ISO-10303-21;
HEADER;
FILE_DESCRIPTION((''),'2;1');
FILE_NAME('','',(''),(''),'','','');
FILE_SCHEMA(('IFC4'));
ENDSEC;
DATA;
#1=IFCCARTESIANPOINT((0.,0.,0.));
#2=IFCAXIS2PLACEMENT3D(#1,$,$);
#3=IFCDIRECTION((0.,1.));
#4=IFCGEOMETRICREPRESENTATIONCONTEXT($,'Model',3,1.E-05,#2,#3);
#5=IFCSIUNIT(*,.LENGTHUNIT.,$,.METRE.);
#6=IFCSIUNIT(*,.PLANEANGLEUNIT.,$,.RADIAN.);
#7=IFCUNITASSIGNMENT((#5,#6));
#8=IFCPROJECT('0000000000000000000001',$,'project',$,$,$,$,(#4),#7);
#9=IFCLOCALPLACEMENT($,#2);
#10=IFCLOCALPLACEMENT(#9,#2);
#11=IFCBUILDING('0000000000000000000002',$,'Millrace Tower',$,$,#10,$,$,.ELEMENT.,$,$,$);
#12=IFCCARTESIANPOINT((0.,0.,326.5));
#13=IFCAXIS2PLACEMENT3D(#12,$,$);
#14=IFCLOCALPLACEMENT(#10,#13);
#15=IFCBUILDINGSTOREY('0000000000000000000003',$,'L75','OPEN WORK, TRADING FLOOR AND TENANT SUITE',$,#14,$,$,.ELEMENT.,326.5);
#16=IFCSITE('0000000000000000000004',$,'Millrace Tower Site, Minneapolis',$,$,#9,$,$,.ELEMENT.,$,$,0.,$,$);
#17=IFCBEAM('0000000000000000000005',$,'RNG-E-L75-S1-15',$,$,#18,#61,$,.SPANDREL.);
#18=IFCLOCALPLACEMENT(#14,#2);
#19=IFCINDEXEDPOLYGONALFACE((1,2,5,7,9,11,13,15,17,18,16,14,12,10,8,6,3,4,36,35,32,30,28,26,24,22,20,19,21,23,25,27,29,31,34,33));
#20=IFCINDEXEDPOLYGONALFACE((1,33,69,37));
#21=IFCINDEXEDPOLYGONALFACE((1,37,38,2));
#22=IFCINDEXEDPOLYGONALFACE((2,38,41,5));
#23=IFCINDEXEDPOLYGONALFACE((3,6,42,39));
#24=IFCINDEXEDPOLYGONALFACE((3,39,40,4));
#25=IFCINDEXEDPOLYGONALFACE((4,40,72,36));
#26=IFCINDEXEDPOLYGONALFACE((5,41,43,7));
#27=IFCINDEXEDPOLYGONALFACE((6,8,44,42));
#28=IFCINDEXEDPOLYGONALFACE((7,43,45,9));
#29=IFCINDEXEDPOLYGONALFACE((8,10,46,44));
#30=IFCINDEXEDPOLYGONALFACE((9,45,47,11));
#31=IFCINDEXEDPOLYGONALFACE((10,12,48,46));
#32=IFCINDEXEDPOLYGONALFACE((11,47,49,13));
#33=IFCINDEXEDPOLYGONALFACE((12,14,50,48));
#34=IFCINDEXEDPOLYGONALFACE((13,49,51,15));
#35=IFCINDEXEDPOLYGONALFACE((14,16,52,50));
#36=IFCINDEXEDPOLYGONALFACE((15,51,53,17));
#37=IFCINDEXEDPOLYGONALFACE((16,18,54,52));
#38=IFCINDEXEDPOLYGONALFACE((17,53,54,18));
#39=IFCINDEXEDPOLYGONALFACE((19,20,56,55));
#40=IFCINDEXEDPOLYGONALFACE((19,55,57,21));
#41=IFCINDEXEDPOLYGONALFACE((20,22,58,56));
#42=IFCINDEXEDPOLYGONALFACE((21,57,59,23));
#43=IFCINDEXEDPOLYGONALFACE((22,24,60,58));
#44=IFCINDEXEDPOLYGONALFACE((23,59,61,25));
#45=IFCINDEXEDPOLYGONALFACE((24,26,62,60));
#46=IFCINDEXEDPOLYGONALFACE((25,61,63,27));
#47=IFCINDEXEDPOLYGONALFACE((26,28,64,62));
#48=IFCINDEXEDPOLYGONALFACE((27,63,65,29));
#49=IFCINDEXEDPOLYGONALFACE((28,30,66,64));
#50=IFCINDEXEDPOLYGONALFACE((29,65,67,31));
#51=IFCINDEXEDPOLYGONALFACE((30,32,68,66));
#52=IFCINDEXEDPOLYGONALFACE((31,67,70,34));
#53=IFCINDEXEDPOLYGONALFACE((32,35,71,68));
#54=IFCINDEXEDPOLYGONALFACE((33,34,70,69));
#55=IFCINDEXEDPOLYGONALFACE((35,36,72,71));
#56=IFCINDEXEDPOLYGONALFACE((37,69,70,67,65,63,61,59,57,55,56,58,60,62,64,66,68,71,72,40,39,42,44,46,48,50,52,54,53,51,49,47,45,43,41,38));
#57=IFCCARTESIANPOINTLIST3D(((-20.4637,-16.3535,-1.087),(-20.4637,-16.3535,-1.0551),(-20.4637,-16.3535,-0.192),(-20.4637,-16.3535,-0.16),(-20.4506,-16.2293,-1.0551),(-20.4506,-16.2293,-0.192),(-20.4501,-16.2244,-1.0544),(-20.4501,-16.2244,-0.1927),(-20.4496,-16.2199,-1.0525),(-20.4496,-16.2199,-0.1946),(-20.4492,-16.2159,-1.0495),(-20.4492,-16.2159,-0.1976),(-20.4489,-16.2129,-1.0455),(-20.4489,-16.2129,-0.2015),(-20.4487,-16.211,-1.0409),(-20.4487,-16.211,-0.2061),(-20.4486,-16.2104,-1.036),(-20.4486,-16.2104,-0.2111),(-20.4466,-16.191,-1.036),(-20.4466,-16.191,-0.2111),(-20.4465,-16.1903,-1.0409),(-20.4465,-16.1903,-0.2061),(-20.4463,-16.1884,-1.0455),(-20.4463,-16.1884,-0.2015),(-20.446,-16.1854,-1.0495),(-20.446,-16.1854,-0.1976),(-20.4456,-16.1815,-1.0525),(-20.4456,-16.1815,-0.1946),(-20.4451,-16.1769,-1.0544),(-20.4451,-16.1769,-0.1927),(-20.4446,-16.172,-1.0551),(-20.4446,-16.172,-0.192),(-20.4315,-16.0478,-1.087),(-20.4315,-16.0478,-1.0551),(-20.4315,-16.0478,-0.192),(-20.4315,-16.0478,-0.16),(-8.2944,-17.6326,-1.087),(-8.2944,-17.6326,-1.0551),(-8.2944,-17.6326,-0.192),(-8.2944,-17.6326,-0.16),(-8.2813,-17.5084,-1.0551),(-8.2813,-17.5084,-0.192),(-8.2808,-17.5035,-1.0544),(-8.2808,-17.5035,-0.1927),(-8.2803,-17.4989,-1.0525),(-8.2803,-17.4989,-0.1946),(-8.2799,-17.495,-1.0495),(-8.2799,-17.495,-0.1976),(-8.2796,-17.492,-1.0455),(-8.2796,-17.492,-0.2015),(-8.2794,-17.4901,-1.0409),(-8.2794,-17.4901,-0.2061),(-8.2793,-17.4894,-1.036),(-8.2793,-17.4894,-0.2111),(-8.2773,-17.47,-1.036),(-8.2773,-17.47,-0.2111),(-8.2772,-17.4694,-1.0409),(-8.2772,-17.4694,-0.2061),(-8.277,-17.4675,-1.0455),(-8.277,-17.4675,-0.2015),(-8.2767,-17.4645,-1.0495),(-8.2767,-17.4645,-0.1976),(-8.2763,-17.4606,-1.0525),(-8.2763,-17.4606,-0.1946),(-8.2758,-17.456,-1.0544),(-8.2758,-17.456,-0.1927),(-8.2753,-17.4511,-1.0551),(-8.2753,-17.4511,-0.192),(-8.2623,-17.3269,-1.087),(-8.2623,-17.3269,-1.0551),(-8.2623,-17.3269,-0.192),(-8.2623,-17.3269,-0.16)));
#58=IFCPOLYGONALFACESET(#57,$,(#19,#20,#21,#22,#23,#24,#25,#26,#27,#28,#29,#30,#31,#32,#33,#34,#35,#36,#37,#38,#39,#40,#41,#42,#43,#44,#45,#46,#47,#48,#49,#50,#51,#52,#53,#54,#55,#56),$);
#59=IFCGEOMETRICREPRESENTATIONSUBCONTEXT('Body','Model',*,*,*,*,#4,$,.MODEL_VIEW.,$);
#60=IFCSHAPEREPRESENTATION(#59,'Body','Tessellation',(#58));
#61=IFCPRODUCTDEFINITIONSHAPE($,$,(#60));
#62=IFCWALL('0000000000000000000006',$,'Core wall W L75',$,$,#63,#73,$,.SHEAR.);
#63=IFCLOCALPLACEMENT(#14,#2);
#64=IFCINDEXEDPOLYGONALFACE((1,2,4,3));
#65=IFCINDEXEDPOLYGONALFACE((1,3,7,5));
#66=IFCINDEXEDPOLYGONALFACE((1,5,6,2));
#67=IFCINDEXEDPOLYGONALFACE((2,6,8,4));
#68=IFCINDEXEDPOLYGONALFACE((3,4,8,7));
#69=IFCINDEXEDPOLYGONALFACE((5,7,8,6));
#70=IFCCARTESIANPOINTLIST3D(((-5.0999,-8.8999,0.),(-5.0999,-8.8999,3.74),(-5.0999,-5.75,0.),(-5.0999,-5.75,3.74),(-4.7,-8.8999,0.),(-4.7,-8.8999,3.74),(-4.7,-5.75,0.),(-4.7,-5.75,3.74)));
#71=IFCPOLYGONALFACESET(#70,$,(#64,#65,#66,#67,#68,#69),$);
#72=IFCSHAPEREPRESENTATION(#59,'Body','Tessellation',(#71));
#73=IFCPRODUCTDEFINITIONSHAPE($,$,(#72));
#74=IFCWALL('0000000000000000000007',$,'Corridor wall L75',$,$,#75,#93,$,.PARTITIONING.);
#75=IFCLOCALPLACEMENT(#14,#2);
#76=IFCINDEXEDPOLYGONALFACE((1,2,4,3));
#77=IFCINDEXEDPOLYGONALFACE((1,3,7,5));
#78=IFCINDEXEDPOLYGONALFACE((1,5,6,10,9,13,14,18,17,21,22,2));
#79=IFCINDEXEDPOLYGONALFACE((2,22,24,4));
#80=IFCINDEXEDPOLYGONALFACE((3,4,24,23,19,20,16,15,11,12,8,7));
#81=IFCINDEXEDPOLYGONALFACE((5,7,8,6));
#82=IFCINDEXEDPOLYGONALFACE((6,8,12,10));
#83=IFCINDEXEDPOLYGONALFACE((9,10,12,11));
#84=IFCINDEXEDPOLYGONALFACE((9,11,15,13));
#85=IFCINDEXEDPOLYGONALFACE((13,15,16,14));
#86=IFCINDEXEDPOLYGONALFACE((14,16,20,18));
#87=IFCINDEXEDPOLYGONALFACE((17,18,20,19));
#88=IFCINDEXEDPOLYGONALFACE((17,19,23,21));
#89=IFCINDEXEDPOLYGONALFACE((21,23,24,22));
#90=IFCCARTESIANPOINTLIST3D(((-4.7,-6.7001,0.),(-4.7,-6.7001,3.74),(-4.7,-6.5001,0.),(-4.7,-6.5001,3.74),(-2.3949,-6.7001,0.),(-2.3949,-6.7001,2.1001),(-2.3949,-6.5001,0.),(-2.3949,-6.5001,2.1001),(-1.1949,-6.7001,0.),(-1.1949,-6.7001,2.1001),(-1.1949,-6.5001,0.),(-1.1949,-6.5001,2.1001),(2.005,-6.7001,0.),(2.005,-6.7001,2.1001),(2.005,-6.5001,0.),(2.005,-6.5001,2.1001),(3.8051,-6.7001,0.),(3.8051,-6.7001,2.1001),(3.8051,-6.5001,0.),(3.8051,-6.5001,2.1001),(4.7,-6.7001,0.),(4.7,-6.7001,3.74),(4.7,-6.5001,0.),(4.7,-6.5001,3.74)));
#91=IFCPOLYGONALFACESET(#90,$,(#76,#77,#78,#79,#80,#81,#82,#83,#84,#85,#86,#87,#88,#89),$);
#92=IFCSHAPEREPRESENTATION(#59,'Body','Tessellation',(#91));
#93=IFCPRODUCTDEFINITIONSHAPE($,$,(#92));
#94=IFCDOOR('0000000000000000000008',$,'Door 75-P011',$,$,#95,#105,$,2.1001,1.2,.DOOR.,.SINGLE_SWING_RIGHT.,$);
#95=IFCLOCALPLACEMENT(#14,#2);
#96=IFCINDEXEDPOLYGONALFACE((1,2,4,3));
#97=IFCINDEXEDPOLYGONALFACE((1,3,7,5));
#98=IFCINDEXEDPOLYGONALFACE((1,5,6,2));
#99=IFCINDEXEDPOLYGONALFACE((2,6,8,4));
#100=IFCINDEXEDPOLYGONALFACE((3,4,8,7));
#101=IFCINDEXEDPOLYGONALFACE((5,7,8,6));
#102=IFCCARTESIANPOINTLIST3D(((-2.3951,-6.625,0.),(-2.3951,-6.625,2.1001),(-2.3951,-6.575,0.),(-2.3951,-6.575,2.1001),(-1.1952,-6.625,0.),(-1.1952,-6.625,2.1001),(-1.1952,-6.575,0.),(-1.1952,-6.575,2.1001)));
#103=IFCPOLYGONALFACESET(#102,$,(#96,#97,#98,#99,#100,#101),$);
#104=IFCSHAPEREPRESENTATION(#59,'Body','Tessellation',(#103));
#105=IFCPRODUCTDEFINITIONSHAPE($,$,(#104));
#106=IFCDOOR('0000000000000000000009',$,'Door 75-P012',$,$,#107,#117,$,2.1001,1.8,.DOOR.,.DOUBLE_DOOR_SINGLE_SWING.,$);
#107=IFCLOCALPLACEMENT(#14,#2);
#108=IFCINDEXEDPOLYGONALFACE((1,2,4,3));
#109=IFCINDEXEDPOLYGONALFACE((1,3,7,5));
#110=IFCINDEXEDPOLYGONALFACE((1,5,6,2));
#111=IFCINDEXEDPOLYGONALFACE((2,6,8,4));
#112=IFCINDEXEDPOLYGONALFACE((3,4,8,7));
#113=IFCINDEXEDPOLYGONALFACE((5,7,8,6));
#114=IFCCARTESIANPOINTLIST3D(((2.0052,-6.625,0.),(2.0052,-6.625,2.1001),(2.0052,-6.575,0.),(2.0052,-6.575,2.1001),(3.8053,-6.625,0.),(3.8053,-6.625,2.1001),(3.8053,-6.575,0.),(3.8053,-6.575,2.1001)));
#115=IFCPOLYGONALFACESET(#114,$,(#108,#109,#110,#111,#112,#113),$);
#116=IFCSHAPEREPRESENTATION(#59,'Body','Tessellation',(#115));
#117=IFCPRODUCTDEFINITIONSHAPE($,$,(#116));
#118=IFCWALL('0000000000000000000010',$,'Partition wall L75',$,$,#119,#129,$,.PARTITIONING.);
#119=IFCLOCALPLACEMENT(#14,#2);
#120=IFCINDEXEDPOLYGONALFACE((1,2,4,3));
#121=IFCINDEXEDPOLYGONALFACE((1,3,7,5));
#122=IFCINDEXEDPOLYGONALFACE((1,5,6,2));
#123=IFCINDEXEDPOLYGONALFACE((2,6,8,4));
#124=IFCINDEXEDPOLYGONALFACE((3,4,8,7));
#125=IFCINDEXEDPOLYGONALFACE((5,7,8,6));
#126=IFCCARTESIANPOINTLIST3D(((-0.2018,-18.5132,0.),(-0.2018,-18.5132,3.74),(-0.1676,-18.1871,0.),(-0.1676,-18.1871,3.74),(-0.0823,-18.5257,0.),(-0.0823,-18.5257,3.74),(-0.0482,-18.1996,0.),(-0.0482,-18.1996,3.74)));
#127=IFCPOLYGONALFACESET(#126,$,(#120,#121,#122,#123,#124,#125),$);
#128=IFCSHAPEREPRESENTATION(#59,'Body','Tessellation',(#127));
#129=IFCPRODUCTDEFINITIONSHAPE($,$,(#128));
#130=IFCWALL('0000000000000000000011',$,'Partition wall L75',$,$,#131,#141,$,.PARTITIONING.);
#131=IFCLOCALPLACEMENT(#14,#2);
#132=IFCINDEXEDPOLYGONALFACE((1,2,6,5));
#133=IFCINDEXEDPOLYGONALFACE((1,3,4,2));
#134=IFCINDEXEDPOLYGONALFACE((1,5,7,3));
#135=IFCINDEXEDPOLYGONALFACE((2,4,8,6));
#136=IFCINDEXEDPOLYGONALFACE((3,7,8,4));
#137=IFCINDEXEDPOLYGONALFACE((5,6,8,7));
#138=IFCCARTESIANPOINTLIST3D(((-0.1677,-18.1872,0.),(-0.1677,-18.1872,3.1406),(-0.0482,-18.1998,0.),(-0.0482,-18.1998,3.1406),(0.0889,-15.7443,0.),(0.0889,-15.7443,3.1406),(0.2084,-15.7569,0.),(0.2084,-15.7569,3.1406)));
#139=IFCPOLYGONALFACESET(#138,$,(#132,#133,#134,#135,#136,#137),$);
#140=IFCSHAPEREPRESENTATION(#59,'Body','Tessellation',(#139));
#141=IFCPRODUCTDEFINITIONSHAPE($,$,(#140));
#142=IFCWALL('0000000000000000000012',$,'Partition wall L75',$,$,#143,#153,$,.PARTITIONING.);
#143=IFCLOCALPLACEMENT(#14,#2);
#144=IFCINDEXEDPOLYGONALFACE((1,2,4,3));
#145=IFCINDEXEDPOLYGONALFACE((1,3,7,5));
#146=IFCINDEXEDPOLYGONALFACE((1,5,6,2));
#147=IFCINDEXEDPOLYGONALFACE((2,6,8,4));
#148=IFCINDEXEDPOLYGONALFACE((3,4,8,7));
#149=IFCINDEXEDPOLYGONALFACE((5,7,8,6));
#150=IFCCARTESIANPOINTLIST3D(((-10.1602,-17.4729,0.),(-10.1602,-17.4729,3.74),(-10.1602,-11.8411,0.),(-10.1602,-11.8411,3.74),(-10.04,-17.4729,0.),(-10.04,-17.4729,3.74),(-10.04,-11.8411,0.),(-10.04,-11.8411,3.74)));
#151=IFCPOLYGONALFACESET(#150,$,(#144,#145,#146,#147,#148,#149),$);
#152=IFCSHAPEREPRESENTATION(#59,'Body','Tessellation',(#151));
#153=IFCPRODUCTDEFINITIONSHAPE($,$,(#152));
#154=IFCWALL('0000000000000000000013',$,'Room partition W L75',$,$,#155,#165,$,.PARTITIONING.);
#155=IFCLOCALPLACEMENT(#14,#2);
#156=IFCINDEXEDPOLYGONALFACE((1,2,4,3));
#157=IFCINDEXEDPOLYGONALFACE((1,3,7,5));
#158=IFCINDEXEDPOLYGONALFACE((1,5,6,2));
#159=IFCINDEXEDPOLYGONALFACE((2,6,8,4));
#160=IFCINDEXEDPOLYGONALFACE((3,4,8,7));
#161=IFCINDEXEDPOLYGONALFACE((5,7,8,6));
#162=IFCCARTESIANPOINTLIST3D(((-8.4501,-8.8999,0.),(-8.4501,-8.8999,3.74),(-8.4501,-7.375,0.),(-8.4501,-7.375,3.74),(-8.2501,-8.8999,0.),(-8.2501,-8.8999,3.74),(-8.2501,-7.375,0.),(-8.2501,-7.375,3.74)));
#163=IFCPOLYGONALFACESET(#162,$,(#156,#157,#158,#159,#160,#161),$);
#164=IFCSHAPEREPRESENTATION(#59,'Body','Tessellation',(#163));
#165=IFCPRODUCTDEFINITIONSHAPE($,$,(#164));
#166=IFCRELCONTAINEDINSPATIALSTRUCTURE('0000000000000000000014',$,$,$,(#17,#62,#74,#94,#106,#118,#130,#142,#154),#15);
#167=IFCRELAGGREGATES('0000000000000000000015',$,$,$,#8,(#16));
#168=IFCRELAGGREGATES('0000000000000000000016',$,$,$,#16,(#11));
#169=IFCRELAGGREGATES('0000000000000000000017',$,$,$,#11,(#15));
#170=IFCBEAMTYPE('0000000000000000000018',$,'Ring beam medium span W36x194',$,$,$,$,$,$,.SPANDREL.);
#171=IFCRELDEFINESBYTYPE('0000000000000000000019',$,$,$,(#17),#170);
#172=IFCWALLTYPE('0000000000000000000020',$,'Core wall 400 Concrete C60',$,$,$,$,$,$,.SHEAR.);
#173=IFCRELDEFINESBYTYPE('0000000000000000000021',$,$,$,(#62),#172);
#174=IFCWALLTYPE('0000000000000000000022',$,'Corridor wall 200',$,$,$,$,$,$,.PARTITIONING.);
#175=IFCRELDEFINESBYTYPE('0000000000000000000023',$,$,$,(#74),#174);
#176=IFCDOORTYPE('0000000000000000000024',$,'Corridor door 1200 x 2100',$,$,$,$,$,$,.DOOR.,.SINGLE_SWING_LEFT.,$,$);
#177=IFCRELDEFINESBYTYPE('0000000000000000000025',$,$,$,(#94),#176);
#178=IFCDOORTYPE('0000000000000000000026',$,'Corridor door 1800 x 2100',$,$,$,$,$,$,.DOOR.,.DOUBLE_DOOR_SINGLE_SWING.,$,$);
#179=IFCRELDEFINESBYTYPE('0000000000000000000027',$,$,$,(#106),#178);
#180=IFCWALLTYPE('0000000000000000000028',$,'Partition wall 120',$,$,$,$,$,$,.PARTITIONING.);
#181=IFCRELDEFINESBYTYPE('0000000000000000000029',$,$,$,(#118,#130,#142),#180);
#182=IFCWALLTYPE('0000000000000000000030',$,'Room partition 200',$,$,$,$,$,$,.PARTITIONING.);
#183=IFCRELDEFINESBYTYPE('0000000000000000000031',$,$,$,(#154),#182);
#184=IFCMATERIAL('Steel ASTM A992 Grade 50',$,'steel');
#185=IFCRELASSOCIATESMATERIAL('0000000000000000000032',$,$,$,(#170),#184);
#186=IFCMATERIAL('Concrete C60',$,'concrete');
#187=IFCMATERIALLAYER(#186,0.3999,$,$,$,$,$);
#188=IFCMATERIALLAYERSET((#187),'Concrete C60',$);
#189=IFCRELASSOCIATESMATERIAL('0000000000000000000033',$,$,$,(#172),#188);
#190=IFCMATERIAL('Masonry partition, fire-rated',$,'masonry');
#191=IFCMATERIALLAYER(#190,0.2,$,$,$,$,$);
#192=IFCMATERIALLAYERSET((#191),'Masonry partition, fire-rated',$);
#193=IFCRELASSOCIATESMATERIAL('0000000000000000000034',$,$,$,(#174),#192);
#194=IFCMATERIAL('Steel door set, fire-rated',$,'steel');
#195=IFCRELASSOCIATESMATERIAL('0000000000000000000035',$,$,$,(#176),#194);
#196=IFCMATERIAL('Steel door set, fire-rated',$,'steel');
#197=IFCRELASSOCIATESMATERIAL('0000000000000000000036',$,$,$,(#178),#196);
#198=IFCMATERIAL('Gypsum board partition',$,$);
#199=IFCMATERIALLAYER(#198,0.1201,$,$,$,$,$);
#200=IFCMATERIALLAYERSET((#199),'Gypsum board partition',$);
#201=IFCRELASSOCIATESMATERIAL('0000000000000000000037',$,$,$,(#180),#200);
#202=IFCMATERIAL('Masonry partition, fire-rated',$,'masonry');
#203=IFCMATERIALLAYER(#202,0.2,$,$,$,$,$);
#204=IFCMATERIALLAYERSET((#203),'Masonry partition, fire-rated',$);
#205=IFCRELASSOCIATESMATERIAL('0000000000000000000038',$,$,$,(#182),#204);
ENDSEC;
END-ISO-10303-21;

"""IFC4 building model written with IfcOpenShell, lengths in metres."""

from ifc_helpers import new_model, si_unit, direction, frame, frame_2d, origin, origin_2d, place, context, subcontext, project, spatial, rectangle, i_section, extrude, material, layer, layer_set, material_profile, profile_set, type_object, element, fill, save


model = new_model("IFC4")

# Units and contexts
model_context = context("Model", 3, precision=1e-05, world=origin(), true_north=direction((0.0, 1.0)))
body_context = subcontext(model_context, "Body", "Model", "MODEL_VIEW")
ifc_project = project(units=[si_unit("LENGTHUNIT", "METRE"), si_unit("PLANEANGLEUNIT", "RADIAN")], contexts=[model_context])

# Site, building, storey
site_placement = place(None, origin())
site = spatial("IfcSite", under=ifc_project, at=site_placement, Name="Millrace Tower Site, Minneapolis", CompositionType="ELEMENT", RefElevation=0.0)
building_placement = place(site_placement, origin())
building = spatial("IfcBuilding", under=site, at=building_placement, Name="Millrace Tower", CompositionType="ELEMENT")
storey_placement = place(building_placement, frame((0.0, 0.0, 326.5)))
storey = spatial("IfcBuildingStorey", under=building, at=storey_placement, Name="L75", Description="OPEN WORK, TRADING FLOOR AND TENANT SUITE", CompositionType="ELEMENT", Elevation=326.5)

# Beam
ifc_material_1 = material(Name="Steel ASTM A992 Grade 50", Category="steel")
ifc_material_profile_1 = material_profile(ifc_material_1, i_section(OverallWidth=0.3074, OverallDepth=0.927, WebThickness=0.0195, FlangeThickness=0.032, FilletRadius=0.019, at=origin_2d()))
ifc_profile_set_1 = profile_set([ifc_material_profile_1], Name="Steel ASTM A992 Grade 50")
beam_type_1 = type_object("IfcBeamType", Name="Ring beam medium span W36x194", PredefinedType="SPANDREL", material=ifc_profile_set_1)
beam_1_placement = place(storey_placement, frame((-8.2783, -17.4797, -0.6235), z_axis=(-0.994522, 0.10453, 0.0), x_axis=(-0.10453, -0.994522, 0.0)))
element("IfcBeam", 1, at=beam_1_placement, inside=storey, type_object=beam_type_1, Name="RNG-E-L75-S1-15", PredefinedType="SPANDREL", context=body_context, shape_type="SweptSolid", body=[
    extrude(i_section(OverallWidth=0.3074, OverallDepth=0.927, WebThickness=0.0195, FlangeThickness=0.032, FilletRadius=0.019, at=origin_2d()), origin(), (0.0, 0.0, 1.0), 12.2363),
])

# Wall
ifc_material_2 = material(Name="Concrete C60", Category="concrete")
ifc_layer_1 = layer(ifc_material_2, 0.3999)
ifc_layer_set_1 = layer_set([ifc_layer_1], Name="Concrete C60")
wall_type_1 = type_object("IfcWallType", Name="Core wall 400 Concrete C60", PredefinedType="SHEAR", material=ifc_layer_set_1)
wall_1_placement = place(storey_placement, frame((-4.8999, -8.8999, 0.0), z_axis=(0.0, 0.0, 1.0), x_axis=(0.0, 1.0, 0.0)))
element("IfcWall", 2, at=wall_1_placement, inside=storey, type_object=wall_type_1, Name="Core wall W L75", PredefinedType="SHEAR", context=body_context, shape_type="SweptSolid", body=[
    extrude(rectangle(XDim=3.1499, YDim=0.3999, at=frame_2d((1.575, 0.0))), origin(), (0.0, 0.0, 1.0), 3.74),
])

# Wall, openings, doors
ifc_material_3 = material(Name="Masonry partition, fire-rated", Category="masonry")
ifc_layer_2 = layer(ifc_material_3, 0.2)
ifc_layer_set_2 = layer_set([ifc_layer_2], Name="Masonry partition, fire-rated")
wall_type_2 = type_object("IfcWallType", Name="Corridor wall 200", PredefinedType="PARTITIONING", material=ifc_layer_set_2)
wall_2_placement = place(storey_placement, frame((-4.7, -6.6001, 0.0), z_axis=(0.0, 0.0, 1.0), x_axis=(1.0, 0.0, 0.0)))
wall_2 = element("IfcWall", 3, at=wall_2_placement, inside=storey, type_object=wall_type_2, Name="Corridor wall L75", PredefinedType="PARTITIONING", context=body_context, shape_type="SweptSolid", body=[
    extrude(rectangle(XDim=9.3999, YDim=0.2, at=frame_2d((4.7, 0.0))), origin(), (0.0, 0.0, 1.0), 3.74),
])
opening_1_placement = place(wall_2_placement, frame((2.3049, 0.0, 0.0)))
opening_1 = element("IfcOpeningElement", 4, at=opening_1_placement, cuts=wall_2, PredefinedType="OPENING", context=body_context, shape_type="SweptSolid", body=[
    extrude(rectangle(XDim=1.2, YDim=2.1001, at=frame_2d((0.6001, 1.05))), frame((0.0, 0.1099, 0.0), z_axis=(0.0, -1.0, 0.0), x_axis=(1.0, 0.0, 0.0)), (0.0, 0.0, 1.0), 0.22),
])
opening_2_placement = place(wall_2_placement, frame((6.7051, 0.0, 0.0)))
opening_2 = element("IfcOpeningElement", 5, at=opening_2_placement, cuts=wall_2, PredefinedType="OPENING", context=body_context, shape_type="SweptSolid", body=[
    extrude(rectangle(XDim=1.8, YDim=2.1001, at=frame_2d((0.8999, 1.05))), frame((0.0, 0.1099, 0.0), z_axis=(0.0, -1.0, 0.0), x_axis=(1.0, 0.0, 0.0)), (0.0, 0.0, 1.0), 0.22),
])
ifc_material_4 = material(Name="Steel door set, fire-rated", Category="steel")
door_type_1 = type_object("IfcDoorType", Name="Corridor door 1200 x 2100", OperationType="SINGLE_SWING_LEFT", PredefinedType="DOOR", material=ifc_material_4)
door_1_placement = place(opening_1_placement, frame((1.2, 0.0, 0.0), z_axis=(0.0, 0.0, 1.0), x_axis=(-1.0, 0.0, 0.0)))
door_1 = element("IfcDoor", 6, at=door_1_placement, inside=storey, type_object=door_type_1, Name="Door 75-P011", OperationType="SINGLE_SWING_RIGHT", OverallHeight=2.1001, OverallWidth=1.2, PredefinedType="DOOR", context=body_context, shape_type="SweptSolid", body=[
    extrude(rectangle(XDim=1.2, YDim=2.1001, at=frame_2d((0.6001, 1.05))), frame((0.0, 0.0249, 0.0), z_axis=(0.0, -1.0, 0.0), x_axis=(1.0, 0.0, 0.0)), (0.0, 0.0, 1.0), 0.05),
])
fill(opening_1, door_1)
ifc_material_5 = material(Name="Steel door set, fire-rated", Category="steel")
door_type_2 = type_object("IfcDoorType", Name="Corridor door 1800 x 2100", OperationType="DOUBLE_DOOR_SINGLE_SWING", PredefinedType="DOOR", material=ifc_material_5)
door_2_placement = place(opening_2_placement, frame((1.8, 0.0, 0.0), z_axis=(0.0, 0.0, 1.0), x_axis=(-1.0, 0.0, 0.0)))
door_2 = element("IfcDoor", 7, at=door_2_placement, inside=storey, type_object=door_type_2, Name="Door 75-P012", OperationType="DOUBLE_DOOR_SINGLE_SWING", OverallHeight=2.1001, OverallWidth=1.8, PredefinedType="DOOR", context=body_context, shape_type="SweptSolid", body=[
    extrude(rectangle(XDim=1.8, YDim=2.1001, at=frame_2d((0.8999, 1.05))), frame((0.0, 0.0249, 0.0), z_axis=(0.0, -1.0, 0.0), x_axis=(1.0, 0.0, 0.0)), (0.0, 0.0, 1.0), 0.05),
])
fill(opening_2, door_2)

# Walls
ifc_material_6 = material(Name="Gypsum board partition")
ifc_layer_3 = layer(ifc_material_6, 0.1201)
ifc_layer_set_3 = layer_set([ifc_layer_3], Name="Gypsum board partition")
wall_type_3 = type_object("IfcWallType", Name="Partition wall 120", PredefinedType="PARTITIONING", material=ifc_layer_set_3)
wall_3_placement = place(storey_placement, frame((-0.1421, -18.5195, 0.0), z_axis=(0.0, 0.0, 1.0), x_axis=(0.10422, 0.994554, 0.0)))
element("IfcWall", 8, at=wall_3_placement, inside=storey, type_object=wall_type_3, Name="Partition wall L75", PredefinedType="PARTITIONING", context=body_context, shape_type="SweptSolid", body=[
    extrude(rectangle(XDim=0.3279, YDim=0.1201, at=frame_2d((0.1641, 0.0))), origin(), (0.0, 0.0, 1.0), 3.74),
])
wall_4_placement = place(storey_placement, frame((-0.1079, -18.1934, 0.0), z_axis=(0.0, 0.0, 1.0), x_axis=(0.104462, 0.994529, 0.0)))
element("IfcWall", 9, at=wall_4_placement, inside=storey, type_object=wall_type_3, Name="Partition wall L75", PredefinedType="PARTITIONING", context=body_context, shape_type="SweptSolid", body=[
    extrude(rectangle(XDim=2.4563, YDim=0.1201, at=frame_2d((1.228, 0.0))), origin(), (0.0, 0.0, 1.0), 3.1406),
])
wall_5_placement = place(storey_placement, frame((-10.1001, -17.4729, 0.0), z_axis=(0.0, 0.0, 1.0), x_axis=(0.0, 1.0, 0.0)))
element("IfcWall", 10, at=wall_5_placement, inside=storey, type_object=wall_type_3, Name="Partition wall L75", PredefinedType="PARTITIONING", context=body_context, shape_type="SweptSolid", body=[
    extrude(rectangle(XDim=5.6318, YDim=0.1201, at=frame_2d((2.8159, 0.0))), origin(), (0.0, 0.0, 1.0), 3.74),
])
ifc_material_7 = material(Name="Masonry partition, fire-rated", Category="masonry")
ifc_layer_4 = layer(ifc_material_7, 0.2)
ifc_layer_set_4 = layer_set([ifc_layer_4], Name="Masonry partition, fire-rated")
wall_type_4 = type_object("IfcWallType", Name="Room partition 200", PredefinedType="PARTITIONING", material=ifc_layer_set_4)
wall_6_placement = place(storey_placement, frame((-8.3501, -8.8999, 0.0), z_axis=(0.0, 0.0, 1.0), x_axis=(0.0, 1.0, 0.0)))
element("IfcWall", 11, at=wall_6_placement, inside=storey, type_object=wall_type_4, Name="Room partition W L75", PredefinedType="PARTITIONING", context=body_context, shape_type="SweptSolid", body=[
    extrude(rectangle(XDim=1.5249, YDim=0.2, at=frame_2d((0.7625, 0.0))), origin(), (0.0, 0.0, 1.0), 3.74),
])

save(model, "model.ifc")
